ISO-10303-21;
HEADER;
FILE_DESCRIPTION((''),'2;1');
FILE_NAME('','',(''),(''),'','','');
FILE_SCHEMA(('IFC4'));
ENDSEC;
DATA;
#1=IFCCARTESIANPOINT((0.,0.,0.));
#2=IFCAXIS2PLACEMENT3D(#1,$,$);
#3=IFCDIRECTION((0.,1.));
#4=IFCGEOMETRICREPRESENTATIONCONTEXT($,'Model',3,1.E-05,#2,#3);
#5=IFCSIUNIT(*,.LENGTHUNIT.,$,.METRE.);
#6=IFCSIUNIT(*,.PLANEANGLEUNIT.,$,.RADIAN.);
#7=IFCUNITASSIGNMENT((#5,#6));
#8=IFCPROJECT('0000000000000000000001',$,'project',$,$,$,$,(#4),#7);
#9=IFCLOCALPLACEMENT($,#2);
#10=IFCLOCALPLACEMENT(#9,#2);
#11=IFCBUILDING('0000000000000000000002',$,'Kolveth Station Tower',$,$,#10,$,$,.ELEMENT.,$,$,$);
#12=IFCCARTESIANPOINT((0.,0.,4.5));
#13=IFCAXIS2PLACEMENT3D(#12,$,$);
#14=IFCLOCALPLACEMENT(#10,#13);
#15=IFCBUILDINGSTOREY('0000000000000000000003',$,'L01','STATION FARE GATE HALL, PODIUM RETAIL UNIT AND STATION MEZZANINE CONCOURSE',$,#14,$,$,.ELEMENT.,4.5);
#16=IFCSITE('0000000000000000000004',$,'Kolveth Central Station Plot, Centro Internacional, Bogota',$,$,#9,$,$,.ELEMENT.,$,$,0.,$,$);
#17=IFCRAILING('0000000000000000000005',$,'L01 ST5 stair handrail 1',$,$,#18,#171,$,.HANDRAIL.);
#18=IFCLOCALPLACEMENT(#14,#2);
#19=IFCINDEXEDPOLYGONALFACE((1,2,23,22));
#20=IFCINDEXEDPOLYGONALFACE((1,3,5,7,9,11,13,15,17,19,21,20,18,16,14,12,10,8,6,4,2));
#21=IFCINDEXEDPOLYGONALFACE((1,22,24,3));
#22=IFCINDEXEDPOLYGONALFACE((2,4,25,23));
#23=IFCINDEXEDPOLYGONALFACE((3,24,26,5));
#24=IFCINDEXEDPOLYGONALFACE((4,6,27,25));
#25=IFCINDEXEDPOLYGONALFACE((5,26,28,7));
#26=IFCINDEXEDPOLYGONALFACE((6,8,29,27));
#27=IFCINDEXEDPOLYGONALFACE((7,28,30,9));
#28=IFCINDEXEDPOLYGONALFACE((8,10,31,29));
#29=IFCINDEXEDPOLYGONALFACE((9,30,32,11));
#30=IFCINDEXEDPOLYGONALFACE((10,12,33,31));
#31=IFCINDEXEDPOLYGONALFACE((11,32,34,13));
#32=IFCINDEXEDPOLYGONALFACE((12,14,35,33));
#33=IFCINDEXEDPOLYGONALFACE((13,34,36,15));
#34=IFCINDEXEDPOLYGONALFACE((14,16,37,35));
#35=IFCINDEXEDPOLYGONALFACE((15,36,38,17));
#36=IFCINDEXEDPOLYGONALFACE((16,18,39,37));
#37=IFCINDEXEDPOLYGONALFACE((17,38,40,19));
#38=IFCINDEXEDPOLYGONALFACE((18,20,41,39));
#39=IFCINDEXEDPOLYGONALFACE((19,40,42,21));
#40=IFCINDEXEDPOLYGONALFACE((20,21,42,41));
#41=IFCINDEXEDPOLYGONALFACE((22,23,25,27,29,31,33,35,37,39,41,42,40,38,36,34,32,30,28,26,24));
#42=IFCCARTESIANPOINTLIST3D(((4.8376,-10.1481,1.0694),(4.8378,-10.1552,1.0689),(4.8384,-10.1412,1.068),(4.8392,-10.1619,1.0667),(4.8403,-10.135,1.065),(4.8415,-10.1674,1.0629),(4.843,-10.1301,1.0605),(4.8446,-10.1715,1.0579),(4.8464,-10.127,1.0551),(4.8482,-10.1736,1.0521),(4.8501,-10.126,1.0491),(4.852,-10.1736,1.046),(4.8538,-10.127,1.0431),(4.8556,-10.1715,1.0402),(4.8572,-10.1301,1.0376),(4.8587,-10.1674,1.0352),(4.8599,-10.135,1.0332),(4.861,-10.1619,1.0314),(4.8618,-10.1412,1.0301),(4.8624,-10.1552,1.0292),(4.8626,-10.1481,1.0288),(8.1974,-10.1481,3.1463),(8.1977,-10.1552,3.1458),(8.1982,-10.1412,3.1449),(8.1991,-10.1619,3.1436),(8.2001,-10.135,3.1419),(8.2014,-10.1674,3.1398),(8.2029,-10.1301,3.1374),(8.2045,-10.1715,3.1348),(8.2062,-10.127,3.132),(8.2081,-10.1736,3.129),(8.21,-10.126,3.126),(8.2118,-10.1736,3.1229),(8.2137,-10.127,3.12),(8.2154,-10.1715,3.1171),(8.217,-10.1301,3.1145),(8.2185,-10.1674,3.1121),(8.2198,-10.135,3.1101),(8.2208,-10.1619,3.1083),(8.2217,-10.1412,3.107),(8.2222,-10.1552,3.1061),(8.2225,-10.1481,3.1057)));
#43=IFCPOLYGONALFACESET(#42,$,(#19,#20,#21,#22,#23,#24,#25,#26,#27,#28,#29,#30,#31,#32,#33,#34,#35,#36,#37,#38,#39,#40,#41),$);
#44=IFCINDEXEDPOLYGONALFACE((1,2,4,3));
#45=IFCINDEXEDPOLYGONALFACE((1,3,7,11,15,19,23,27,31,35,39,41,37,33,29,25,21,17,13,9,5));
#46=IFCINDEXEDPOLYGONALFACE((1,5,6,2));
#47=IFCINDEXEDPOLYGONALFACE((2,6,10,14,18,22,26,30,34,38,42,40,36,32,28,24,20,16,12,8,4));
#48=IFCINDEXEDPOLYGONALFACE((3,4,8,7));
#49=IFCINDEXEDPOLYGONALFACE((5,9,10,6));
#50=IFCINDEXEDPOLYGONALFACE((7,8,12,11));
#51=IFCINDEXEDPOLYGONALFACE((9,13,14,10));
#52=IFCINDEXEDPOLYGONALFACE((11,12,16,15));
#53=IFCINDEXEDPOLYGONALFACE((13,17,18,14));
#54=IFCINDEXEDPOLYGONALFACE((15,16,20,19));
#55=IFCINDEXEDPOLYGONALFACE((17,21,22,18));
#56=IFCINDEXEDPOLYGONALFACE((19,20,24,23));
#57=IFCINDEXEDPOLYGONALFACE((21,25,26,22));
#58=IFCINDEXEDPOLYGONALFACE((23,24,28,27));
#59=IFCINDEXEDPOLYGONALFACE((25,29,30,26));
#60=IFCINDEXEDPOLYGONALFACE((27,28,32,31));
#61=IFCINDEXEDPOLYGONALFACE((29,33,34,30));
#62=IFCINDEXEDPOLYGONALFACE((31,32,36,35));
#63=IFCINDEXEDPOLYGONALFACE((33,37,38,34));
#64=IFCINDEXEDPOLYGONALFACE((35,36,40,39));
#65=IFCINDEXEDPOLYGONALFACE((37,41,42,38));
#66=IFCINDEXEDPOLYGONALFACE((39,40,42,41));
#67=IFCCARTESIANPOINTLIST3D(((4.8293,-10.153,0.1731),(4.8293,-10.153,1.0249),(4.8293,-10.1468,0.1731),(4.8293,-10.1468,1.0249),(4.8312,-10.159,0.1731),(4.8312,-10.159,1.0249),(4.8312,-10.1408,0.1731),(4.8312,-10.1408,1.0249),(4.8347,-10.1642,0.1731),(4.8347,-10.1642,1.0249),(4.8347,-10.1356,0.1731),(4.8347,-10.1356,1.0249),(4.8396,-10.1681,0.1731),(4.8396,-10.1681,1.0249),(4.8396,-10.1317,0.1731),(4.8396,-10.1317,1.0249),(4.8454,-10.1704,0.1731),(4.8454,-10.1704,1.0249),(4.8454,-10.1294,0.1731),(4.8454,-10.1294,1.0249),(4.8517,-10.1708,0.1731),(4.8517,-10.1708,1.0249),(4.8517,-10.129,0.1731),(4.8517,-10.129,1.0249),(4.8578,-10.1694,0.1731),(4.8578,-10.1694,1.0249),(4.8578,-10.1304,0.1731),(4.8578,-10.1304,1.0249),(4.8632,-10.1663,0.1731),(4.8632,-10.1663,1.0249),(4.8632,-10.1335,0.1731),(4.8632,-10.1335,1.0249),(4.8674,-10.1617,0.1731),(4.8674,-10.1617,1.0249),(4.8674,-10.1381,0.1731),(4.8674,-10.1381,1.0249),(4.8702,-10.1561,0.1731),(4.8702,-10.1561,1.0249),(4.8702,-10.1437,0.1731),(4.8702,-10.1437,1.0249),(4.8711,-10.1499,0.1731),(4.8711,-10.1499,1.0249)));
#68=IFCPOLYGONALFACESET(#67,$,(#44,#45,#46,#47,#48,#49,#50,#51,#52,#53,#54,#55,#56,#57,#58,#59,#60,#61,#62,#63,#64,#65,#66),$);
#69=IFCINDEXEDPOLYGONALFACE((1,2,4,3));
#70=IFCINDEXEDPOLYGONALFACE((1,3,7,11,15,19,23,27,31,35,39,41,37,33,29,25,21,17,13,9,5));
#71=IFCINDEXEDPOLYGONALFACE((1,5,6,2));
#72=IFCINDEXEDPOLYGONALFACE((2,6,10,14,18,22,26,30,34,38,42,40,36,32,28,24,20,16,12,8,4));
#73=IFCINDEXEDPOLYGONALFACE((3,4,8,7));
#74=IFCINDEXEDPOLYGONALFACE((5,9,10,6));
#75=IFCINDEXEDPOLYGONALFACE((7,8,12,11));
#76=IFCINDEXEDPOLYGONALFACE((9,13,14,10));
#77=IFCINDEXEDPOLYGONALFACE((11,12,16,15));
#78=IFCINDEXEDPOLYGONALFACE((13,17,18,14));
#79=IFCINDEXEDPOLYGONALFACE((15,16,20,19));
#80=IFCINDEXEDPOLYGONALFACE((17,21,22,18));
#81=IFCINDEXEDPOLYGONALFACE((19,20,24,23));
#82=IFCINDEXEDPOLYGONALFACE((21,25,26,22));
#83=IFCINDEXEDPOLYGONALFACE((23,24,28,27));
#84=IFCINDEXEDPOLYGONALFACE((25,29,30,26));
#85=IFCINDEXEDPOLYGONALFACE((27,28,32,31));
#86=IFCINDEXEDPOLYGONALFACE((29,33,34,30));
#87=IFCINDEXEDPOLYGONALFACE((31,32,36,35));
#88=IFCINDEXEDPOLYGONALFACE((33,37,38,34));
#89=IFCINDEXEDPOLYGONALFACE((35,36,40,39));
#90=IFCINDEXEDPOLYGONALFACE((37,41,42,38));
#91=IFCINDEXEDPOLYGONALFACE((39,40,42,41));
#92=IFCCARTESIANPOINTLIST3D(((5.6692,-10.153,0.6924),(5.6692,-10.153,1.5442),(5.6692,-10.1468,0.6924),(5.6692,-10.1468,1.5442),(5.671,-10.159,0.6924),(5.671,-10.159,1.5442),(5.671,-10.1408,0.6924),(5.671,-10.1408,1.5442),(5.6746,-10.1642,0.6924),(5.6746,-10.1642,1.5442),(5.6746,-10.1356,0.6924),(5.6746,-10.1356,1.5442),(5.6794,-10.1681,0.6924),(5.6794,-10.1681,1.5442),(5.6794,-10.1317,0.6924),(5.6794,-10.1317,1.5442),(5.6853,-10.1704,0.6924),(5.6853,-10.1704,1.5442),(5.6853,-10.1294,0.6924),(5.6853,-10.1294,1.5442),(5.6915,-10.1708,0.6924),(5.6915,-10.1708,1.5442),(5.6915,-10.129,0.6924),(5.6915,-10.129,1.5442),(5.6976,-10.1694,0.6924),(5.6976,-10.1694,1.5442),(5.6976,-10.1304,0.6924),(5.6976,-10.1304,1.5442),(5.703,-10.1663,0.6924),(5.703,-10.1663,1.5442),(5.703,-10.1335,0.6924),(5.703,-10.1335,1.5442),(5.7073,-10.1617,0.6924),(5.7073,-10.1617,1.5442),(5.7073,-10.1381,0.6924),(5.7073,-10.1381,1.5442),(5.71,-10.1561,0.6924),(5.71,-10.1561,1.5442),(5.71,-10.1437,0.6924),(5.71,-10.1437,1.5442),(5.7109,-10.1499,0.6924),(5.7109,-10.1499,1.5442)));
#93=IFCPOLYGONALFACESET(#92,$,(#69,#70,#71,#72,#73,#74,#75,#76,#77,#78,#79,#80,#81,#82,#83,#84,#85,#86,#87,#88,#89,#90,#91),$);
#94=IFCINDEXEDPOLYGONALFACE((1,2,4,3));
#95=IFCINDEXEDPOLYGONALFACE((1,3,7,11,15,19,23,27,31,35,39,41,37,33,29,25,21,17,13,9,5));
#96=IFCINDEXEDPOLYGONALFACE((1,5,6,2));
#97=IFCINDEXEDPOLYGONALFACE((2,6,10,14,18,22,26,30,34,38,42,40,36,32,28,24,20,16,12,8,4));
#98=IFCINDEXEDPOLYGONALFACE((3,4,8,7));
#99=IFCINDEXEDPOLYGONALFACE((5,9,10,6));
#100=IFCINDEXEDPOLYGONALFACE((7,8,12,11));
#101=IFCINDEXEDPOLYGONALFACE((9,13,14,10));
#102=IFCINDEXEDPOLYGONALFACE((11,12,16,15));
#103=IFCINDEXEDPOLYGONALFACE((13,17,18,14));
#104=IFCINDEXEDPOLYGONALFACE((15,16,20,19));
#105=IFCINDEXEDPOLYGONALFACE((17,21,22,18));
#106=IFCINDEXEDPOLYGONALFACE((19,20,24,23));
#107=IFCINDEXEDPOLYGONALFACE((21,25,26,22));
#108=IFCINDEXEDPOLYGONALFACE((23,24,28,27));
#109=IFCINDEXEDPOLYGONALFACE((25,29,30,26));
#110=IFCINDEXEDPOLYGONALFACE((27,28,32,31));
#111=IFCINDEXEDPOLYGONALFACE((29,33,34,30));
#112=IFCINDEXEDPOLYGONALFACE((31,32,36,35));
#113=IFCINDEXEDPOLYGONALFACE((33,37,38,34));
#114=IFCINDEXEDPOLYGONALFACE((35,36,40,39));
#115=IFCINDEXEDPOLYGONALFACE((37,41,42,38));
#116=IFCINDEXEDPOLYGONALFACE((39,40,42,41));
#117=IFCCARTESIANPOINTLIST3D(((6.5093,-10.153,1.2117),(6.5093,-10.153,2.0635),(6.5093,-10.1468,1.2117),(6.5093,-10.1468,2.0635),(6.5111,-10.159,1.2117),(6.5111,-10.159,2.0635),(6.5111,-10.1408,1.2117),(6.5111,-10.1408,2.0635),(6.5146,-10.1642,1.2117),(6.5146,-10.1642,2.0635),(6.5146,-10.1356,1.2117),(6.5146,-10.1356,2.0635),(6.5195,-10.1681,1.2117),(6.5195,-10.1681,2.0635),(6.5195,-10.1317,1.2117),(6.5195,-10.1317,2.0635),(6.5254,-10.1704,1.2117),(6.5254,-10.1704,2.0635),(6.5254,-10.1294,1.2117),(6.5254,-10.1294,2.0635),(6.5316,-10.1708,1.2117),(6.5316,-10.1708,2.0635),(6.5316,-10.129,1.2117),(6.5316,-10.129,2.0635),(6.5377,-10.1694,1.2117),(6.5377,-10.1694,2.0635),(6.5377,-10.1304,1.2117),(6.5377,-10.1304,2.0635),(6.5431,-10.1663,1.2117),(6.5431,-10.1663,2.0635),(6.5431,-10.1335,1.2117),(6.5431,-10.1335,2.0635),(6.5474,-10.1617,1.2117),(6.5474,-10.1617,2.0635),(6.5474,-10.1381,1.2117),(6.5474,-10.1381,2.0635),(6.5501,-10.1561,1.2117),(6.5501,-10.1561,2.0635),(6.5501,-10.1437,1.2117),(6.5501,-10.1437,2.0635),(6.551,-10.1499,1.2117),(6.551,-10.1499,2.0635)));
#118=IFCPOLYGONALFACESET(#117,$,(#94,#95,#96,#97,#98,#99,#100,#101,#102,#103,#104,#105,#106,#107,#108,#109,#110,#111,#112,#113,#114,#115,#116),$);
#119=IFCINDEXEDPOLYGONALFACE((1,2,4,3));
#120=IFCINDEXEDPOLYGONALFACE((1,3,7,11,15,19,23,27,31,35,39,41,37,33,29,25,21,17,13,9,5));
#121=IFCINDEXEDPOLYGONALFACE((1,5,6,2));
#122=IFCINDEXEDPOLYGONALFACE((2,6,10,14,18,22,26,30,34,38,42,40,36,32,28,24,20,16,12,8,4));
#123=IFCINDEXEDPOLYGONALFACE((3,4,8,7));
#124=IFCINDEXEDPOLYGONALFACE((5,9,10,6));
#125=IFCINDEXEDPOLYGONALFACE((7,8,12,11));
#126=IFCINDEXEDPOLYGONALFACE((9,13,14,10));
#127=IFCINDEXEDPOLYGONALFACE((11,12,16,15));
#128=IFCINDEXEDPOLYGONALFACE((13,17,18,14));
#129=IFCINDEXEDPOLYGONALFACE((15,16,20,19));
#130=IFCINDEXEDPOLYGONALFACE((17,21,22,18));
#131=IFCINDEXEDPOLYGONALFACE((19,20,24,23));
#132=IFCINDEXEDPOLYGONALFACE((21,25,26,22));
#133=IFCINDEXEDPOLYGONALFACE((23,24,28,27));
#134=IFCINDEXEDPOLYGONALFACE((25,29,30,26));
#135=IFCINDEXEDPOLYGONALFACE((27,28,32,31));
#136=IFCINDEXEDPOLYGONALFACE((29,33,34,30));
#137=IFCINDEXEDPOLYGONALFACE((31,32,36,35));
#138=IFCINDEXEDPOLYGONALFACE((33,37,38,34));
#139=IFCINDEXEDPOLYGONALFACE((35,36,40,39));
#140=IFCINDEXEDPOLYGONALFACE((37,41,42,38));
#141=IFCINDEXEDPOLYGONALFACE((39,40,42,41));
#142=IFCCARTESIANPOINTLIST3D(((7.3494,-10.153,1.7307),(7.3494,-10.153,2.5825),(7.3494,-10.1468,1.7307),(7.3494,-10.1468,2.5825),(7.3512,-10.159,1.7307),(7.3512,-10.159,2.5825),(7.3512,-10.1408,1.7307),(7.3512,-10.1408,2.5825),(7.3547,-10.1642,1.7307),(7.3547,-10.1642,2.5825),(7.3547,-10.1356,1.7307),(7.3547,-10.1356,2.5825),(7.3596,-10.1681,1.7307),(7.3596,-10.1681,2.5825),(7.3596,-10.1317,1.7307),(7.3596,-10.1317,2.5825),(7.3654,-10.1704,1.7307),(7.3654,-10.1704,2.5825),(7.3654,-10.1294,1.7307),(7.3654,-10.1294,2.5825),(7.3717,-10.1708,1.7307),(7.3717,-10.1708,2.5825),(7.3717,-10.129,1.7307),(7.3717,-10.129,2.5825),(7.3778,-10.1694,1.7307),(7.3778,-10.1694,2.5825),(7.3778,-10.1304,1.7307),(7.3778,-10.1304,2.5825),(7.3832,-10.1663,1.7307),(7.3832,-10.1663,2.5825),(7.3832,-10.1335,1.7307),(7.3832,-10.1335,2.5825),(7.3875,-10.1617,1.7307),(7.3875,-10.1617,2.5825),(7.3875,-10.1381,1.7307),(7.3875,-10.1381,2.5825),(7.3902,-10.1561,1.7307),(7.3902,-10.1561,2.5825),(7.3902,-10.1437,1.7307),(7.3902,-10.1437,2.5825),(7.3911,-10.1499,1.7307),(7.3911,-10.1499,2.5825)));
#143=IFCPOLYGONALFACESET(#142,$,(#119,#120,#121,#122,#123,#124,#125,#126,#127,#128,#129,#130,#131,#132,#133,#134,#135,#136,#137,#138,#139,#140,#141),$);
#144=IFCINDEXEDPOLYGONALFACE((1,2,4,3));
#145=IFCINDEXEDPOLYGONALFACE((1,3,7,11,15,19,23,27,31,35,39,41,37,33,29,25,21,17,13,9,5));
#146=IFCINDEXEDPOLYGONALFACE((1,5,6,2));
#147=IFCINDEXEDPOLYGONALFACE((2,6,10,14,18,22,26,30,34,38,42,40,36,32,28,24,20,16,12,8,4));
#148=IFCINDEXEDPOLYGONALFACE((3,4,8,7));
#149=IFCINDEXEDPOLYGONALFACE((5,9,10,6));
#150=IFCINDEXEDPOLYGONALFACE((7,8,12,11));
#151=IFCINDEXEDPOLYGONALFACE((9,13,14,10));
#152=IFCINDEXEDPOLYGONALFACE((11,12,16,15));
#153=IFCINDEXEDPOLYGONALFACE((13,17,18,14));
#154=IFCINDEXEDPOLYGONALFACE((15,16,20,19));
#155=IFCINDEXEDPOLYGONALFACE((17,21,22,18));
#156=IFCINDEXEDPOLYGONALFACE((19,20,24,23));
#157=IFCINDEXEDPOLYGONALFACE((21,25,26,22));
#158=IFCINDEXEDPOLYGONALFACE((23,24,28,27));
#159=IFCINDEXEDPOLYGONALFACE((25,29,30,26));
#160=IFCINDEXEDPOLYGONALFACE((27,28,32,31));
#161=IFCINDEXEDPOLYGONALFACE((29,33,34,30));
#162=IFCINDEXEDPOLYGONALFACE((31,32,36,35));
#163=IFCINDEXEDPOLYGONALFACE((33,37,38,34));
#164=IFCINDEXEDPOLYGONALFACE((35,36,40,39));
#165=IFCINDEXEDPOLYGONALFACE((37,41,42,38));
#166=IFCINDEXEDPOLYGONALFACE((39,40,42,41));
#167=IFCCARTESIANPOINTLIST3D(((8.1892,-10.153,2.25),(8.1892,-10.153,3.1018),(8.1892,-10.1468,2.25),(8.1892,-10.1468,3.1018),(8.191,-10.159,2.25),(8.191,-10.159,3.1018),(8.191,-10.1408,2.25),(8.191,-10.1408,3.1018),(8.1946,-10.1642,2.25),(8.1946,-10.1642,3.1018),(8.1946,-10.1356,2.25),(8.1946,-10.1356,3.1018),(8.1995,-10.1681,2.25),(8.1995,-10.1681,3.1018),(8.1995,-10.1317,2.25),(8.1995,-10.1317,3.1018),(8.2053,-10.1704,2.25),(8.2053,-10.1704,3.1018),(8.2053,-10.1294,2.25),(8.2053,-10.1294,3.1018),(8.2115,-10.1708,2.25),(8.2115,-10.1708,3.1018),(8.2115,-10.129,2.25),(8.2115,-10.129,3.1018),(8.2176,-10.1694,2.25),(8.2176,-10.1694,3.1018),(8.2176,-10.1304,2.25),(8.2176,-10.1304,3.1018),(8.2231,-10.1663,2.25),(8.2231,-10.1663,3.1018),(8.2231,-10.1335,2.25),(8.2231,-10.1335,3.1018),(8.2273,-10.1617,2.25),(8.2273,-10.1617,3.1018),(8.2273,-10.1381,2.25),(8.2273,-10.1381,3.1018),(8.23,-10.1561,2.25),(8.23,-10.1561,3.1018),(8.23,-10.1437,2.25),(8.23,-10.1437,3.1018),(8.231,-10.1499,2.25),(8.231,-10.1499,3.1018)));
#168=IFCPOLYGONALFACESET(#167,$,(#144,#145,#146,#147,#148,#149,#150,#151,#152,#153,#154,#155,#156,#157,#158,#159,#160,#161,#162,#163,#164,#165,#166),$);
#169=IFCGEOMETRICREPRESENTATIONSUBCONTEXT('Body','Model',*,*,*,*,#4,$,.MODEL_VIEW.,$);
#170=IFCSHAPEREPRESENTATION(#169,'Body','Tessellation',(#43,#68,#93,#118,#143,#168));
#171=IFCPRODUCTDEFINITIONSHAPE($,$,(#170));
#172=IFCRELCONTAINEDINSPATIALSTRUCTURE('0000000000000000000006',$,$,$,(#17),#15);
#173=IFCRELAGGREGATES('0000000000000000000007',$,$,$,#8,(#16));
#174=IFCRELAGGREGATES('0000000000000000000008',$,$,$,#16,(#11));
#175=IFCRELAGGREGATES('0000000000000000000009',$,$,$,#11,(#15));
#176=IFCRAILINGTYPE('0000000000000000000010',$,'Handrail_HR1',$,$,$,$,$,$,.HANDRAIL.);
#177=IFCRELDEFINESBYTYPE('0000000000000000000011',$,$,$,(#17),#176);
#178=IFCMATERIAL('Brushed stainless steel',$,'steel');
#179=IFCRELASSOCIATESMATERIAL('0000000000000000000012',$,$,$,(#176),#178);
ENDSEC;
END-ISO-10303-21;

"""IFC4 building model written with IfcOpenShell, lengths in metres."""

from ifc_helpers import new_model, si_unit, direction, frame, origin, origin_2d, place, context, subcontext, project, spatial, circle, extrude, material, type_object, element, save


model = new_model("IFC4")

# Units and contexts
model_context = context("Model", 3, precision=1e-05, world=origin(), true_north=direction((0.0, 1.0)))
body_context = subcontext(model_context, "Body", "Model", "MODEL_VIEW")
ifc_project = project(units=[si_unit("LENGTHUNIT", "METRE"), si_unit("PLANEANGLEUNIT", "RADIAN")], contexts=[model_context])

# Site, building, storey
site_placement = place(None, origin())
site = spatial("IfcSite", under=ifc_project, at=site_placement, Name="Kolveth Central Station Plot, Centro Internacional, Bogota", CompositionType="ELEMENT", RefElevation=0.0)
building_placement = place(site_placement, origin())
building = spatial("IfcBuilding", under=site, at=building_placement, Name="Kolveth Station Tower", CompositionType="ELEMENT")
storey_placement = place(building_placement, frame((0.0, 0.0, 4.5)))
storey = spatial("IfcBuildingStorey", under=building, at=storey_placement, Name="L01", Description="STATION FARE GATE HALL, PODIUM RETAIL UNIT AND STATION MEZZANINE CONCOURSE", CompositionType="ELEMENT", Elevation=4.5)

# Railing
ifc_material_1 = material(Name="Brushed stainless steel", Category="steel")
railing_type_1 = type_object("IfcRailingType", Name="Handrail_HR1", PredefinedType="HANDRAIL", material=ifc_material_1)
railing_1_placement = place(storey_placement, frame((4.8501, -10.1499, 0.1731)))
element("IfcRailing", 1, at=railing_1_placement, inside=storey, type_object=railing_type_1, Name="L01 ST5 stair handrail 1", PredefinedType="HANDRAIL", context=body_context, shape_type="SweptSolid", body=[
    extrude(circle(Radius=0.0239, at=origin_2d()), frame((0.0, 0.0, 0.876), z_axis=(0.850606, 0.0, 0.525803), x_axis=(0.0, 1.0, 0.0)), (0.0, 0.0, 1.0), 3.95),
    extrude(circle(Radius=0.021, at=origin_2d()), origin(), (0.0, 0.0, 1.0), 0.8518),
    extrude(circle(Radius=0.021, at=origin_2d()), frame((0.8398, 0.0, 0.5193)), (0.0, 0.0, 1.0), 0.8518),
    extrude(circle(Radius=0.021, at=origin_2d()), frame((1.6799, 0.0, 1.0386)), (0.0, 0.0, 1.0), 0.8518),
    extrude(circle(Radius=0.021, at=origin_2d()), frame((2.52, 0.0, 1.5576)), (0.0, 0.0, 1.0), 0.8518),
    extrude(circle(Radius=0.021, at=origin_2d()), frame((3.3599, 0.0, 2.0769)), (0.0, 0.0, 1.0), 0.8518),
])

save(model, "model.ifc")
